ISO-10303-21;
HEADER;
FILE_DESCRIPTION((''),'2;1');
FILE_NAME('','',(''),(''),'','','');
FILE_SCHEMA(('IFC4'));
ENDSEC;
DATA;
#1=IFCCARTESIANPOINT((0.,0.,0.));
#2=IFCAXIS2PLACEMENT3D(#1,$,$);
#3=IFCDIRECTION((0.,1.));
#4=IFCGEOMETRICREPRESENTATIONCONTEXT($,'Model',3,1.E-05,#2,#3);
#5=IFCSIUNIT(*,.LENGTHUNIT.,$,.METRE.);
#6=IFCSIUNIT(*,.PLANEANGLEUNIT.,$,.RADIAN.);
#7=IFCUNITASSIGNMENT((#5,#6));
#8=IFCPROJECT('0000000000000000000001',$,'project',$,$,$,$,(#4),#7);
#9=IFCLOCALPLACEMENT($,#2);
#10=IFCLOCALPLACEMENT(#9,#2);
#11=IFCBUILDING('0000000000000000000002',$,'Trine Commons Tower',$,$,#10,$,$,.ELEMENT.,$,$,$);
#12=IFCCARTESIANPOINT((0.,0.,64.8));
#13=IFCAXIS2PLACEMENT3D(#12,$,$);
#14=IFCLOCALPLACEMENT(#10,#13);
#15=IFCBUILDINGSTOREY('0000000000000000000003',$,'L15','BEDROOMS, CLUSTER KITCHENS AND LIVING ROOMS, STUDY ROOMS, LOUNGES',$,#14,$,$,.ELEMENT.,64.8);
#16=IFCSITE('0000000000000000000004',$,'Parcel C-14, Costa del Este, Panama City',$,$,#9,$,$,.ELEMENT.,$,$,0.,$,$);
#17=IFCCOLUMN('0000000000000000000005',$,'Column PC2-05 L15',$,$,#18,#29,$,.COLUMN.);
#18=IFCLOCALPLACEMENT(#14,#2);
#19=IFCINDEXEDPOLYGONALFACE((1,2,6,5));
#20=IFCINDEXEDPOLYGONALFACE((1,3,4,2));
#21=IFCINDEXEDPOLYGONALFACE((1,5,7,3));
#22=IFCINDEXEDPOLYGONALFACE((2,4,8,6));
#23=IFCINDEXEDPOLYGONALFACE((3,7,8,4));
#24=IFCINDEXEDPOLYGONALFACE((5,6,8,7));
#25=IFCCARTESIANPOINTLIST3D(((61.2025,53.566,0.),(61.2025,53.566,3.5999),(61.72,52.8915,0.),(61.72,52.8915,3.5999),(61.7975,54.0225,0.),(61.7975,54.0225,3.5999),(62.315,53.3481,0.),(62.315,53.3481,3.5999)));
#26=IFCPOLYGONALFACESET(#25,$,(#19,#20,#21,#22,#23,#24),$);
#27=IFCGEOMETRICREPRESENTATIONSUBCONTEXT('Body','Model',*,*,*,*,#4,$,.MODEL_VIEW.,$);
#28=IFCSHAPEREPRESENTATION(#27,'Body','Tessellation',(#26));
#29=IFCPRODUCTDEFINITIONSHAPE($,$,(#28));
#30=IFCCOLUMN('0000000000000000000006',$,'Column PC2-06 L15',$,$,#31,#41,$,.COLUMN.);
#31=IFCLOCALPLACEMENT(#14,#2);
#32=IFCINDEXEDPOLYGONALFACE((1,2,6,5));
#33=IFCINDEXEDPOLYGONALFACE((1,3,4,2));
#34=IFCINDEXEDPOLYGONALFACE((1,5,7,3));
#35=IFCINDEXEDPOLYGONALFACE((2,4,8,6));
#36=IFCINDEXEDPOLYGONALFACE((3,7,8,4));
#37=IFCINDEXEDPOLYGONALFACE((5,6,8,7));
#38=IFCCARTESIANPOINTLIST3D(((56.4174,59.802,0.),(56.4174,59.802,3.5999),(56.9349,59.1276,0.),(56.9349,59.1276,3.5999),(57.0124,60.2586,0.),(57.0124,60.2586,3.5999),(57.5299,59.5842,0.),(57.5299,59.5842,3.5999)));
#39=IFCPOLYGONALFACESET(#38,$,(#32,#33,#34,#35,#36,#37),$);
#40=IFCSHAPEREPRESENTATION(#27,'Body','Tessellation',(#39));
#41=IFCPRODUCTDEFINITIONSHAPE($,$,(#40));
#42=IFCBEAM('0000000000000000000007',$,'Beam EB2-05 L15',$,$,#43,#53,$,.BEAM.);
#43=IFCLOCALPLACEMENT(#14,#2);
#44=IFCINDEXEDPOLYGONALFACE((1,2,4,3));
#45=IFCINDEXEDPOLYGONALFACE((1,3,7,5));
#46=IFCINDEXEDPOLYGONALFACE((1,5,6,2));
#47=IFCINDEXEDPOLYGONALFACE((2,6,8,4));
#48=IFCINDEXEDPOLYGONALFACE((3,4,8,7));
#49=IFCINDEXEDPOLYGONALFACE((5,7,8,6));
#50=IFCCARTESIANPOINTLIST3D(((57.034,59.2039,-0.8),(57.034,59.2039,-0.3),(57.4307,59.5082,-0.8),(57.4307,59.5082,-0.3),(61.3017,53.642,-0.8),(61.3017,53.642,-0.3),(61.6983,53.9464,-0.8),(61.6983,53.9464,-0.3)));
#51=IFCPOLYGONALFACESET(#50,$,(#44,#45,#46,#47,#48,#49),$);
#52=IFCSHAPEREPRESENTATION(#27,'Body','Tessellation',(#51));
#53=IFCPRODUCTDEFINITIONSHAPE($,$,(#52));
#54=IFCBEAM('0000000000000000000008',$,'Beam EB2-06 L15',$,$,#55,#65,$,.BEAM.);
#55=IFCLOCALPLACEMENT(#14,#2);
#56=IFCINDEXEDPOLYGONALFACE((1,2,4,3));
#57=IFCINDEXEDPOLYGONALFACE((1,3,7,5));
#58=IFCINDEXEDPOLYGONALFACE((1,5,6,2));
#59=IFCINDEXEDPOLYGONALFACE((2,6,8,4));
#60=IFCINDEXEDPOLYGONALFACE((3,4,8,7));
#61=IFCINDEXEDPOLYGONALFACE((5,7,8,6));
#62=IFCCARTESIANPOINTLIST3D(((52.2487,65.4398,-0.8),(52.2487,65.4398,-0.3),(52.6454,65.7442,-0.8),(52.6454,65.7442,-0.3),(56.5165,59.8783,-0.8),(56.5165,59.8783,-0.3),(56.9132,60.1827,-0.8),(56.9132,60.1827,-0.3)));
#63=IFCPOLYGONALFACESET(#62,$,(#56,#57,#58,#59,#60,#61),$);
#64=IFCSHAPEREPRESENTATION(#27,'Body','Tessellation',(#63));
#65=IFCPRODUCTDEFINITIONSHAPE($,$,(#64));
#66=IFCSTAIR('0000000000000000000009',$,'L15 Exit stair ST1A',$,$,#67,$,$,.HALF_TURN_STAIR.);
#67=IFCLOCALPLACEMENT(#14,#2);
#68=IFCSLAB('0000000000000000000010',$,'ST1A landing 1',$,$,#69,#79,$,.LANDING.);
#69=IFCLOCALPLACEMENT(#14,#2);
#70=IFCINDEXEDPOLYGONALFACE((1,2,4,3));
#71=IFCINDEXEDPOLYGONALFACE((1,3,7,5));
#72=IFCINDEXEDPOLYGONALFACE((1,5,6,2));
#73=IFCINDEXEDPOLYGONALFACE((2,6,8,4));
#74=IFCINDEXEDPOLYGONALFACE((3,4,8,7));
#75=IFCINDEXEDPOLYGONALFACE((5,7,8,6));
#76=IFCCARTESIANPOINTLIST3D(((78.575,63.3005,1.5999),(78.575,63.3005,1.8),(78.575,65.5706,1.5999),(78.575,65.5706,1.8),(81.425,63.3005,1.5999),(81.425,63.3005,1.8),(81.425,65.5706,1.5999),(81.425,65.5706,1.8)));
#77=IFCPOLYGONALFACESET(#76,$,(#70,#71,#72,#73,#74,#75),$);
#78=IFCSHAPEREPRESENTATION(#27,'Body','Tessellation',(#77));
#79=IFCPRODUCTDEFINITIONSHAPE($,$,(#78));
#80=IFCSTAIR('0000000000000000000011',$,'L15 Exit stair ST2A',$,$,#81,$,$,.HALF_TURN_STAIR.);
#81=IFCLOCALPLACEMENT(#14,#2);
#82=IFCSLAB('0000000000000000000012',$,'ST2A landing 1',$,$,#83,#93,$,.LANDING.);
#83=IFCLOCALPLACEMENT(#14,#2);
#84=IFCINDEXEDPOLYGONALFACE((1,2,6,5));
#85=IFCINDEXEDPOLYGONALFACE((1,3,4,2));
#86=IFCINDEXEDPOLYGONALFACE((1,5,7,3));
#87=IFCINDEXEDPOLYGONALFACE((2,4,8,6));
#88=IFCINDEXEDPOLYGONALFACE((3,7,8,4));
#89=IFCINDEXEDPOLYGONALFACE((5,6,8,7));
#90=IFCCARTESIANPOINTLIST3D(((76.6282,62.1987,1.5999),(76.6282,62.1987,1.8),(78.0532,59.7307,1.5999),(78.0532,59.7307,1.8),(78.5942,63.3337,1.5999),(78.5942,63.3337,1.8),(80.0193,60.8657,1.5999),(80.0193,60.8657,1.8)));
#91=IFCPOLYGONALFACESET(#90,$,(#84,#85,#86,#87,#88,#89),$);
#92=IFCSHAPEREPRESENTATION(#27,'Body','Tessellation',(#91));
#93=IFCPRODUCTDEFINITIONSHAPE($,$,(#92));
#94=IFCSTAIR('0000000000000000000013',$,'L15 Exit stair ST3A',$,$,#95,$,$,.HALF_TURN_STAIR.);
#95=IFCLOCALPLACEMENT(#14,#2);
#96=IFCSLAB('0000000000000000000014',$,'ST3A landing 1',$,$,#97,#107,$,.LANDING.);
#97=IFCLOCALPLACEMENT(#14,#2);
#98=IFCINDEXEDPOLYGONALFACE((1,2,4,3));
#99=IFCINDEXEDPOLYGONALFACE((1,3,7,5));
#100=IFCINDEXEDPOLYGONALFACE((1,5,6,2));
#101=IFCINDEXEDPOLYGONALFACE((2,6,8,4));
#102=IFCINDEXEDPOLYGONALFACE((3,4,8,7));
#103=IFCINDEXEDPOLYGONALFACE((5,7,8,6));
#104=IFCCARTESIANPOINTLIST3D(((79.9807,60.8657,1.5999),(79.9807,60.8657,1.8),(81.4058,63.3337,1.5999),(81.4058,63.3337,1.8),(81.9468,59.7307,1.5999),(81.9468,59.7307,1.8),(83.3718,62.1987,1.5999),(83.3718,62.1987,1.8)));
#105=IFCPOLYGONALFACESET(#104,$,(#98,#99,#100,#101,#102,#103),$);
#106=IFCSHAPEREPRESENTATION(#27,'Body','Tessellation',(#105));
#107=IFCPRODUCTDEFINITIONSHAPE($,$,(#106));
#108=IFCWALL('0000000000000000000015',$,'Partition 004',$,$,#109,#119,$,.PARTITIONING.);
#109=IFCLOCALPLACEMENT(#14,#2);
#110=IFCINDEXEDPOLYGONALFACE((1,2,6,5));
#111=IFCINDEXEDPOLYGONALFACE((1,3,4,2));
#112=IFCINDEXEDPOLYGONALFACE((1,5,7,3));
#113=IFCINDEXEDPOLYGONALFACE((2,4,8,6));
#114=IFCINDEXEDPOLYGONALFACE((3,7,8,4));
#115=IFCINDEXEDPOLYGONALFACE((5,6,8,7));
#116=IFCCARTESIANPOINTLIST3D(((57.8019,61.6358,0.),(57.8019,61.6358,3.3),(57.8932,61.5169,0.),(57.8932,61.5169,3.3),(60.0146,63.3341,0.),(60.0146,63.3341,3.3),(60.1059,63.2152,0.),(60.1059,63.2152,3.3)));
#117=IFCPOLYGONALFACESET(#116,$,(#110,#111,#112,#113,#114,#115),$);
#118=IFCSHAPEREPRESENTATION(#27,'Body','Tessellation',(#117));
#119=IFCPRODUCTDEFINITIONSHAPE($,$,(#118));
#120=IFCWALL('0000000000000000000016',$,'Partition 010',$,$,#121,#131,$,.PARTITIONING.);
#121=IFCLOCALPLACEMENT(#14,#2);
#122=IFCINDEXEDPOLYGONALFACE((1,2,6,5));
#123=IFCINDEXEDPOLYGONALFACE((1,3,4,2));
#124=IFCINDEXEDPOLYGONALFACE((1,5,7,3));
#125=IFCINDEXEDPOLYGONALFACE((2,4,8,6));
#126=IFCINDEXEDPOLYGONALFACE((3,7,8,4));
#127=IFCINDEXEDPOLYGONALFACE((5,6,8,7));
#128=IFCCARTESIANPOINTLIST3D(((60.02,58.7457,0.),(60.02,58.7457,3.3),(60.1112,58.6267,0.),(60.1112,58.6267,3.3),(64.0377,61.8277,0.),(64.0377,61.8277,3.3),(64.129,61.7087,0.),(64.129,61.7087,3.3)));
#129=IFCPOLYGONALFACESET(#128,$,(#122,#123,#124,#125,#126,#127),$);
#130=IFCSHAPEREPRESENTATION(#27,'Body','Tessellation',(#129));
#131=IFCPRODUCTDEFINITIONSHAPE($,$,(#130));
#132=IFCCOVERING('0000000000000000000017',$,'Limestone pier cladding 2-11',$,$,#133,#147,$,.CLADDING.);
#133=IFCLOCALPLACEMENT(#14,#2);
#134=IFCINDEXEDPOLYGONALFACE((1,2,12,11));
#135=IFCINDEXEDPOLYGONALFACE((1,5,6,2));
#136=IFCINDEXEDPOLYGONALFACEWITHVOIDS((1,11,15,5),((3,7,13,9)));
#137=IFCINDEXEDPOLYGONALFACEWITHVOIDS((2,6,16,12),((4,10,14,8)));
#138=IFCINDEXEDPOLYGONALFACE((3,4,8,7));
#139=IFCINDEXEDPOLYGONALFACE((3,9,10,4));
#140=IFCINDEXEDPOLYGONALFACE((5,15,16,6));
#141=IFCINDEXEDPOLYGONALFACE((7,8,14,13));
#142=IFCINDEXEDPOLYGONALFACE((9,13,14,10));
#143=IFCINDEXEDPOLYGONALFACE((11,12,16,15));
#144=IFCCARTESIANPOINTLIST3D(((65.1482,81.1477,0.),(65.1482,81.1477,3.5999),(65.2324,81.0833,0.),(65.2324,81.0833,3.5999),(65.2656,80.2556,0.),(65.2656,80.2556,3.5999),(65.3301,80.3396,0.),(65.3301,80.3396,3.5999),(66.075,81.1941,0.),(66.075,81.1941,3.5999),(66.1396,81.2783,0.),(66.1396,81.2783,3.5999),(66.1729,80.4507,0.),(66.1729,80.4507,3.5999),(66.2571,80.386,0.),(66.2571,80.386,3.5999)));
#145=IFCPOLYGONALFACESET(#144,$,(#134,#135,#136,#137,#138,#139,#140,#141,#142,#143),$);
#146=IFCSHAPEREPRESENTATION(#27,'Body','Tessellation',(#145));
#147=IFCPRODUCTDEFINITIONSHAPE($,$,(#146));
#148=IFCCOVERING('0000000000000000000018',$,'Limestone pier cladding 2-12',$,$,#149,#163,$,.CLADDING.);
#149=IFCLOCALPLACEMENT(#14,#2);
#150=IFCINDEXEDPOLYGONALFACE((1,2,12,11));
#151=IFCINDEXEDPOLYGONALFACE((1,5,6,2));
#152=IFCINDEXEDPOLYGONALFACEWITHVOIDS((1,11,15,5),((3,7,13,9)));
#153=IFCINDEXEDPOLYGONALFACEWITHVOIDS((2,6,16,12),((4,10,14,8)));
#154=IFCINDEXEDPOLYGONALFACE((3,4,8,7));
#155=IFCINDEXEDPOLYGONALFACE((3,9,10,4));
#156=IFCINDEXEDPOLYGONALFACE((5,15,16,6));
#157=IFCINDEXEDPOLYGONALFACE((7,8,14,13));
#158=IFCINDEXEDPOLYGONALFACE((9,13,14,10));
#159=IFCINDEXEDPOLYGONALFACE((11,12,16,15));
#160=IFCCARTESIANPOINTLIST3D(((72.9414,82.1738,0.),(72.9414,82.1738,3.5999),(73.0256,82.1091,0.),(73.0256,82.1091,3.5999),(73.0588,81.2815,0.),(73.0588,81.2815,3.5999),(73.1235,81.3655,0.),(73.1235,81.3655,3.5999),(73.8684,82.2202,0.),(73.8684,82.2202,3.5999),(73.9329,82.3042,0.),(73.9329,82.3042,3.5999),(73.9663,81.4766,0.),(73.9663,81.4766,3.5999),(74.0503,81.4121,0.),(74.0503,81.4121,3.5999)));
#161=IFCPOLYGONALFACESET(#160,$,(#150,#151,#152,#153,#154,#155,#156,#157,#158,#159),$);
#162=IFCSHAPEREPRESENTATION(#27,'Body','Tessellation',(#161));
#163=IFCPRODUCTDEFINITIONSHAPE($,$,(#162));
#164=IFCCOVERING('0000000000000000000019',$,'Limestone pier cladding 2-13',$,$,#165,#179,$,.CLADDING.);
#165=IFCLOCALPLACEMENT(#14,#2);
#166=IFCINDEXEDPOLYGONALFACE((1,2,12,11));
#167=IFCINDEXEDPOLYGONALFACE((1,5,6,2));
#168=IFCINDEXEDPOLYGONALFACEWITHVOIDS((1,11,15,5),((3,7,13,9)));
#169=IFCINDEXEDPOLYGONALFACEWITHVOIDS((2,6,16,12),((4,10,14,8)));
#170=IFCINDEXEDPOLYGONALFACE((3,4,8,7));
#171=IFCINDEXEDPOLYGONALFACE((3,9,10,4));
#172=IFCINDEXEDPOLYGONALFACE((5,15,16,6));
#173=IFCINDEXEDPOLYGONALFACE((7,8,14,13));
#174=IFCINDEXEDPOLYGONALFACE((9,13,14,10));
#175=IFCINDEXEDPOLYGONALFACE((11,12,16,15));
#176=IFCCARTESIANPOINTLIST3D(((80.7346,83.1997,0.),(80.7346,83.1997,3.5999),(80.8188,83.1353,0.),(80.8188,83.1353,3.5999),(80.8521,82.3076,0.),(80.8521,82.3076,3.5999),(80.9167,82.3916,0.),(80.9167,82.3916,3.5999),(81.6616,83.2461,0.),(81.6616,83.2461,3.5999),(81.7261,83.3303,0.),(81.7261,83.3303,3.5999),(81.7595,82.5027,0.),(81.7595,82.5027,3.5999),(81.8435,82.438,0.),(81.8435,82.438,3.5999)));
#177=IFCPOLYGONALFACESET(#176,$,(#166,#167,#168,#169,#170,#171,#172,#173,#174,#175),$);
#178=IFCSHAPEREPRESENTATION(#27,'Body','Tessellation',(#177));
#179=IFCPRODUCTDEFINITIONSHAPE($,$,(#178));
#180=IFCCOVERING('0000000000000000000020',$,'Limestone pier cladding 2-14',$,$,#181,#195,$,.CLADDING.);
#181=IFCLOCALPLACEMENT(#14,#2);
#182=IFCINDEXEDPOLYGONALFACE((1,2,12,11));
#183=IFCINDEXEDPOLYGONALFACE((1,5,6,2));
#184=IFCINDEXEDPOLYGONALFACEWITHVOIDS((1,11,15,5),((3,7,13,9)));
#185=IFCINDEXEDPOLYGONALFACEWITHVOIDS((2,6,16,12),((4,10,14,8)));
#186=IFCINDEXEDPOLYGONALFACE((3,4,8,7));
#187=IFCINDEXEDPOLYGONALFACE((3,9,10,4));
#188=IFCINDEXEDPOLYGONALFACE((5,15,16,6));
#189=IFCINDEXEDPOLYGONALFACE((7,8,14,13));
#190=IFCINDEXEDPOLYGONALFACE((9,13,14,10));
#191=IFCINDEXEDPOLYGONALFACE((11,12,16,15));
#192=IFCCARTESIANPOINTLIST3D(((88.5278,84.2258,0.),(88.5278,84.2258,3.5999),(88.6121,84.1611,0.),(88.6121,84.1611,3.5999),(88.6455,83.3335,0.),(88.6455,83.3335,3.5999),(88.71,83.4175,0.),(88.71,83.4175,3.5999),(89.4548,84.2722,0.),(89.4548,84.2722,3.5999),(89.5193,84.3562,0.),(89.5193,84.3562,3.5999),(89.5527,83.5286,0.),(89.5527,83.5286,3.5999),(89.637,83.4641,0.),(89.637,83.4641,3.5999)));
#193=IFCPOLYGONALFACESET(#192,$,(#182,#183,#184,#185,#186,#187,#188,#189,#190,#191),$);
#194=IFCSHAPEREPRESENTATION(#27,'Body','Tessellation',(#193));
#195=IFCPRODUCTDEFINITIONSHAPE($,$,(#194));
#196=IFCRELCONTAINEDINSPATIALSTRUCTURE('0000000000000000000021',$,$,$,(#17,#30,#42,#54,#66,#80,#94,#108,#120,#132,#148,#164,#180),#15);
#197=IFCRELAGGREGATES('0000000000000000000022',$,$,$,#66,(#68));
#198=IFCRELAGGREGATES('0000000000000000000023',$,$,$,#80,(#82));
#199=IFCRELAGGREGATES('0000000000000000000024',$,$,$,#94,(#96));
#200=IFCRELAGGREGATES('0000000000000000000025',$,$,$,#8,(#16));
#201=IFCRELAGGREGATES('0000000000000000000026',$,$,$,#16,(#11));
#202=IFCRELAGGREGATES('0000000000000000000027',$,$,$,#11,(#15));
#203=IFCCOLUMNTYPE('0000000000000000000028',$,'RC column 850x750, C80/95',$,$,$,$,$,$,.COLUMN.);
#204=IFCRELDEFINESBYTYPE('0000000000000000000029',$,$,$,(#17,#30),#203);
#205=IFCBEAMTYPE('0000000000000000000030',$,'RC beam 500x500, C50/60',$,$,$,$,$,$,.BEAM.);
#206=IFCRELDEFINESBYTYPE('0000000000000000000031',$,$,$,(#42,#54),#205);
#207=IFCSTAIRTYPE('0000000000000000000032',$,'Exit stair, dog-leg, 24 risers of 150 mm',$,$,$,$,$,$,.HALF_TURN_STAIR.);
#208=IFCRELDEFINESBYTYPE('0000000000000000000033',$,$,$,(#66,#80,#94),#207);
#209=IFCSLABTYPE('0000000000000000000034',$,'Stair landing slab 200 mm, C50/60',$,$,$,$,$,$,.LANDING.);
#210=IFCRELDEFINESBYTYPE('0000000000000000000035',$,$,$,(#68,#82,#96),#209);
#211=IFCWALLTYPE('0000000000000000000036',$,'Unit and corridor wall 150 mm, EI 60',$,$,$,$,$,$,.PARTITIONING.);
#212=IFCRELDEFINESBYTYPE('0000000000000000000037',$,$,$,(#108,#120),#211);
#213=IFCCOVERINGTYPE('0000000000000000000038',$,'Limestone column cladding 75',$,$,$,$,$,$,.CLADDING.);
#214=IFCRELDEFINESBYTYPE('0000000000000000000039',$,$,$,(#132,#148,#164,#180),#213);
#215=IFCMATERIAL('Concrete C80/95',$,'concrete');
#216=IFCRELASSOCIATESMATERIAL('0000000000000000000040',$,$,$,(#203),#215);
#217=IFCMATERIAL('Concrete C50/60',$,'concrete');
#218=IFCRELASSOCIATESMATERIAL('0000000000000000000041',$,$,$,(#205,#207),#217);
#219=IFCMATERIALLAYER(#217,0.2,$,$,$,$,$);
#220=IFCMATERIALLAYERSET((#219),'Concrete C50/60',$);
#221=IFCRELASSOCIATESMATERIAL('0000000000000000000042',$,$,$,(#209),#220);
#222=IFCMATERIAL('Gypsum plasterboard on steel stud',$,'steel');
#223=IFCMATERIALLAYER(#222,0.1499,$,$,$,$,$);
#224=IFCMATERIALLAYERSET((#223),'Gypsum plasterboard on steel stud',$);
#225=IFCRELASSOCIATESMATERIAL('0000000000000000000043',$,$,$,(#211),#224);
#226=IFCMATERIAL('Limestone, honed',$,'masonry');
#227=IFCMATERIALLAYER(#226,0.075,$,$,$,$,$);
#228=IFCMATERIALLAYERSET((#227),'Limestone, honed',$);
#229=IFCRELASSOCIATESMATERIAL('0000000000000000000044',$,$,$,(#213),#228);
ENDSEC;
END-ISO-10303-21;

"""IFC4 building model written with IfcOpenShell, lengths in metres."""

from ifc_helpers import new_model, si_unit, direction, frame, frame_2d, origin, origin_2d, place, context, subcontext, project, spatial, polyline, rectangle, outline, extrude, material, layer, layer_set, material_profile, profile_set, type_object, element, aggregate, save


model = new_model("IFC4")

# Units and contexts
model_context = context("Model", 3, precision=1e-05, world=origin(), true_north=direction((0.0, 1.0)))
body_context = subcontext(model_context, "Body", "Model", "MODEL_VIEW")
ifc_project = project(units=[si_unit("LENGTHUNIT", "METRE"), si_unit("PLANEANGLEUNIT", "RADIAN")], contexts=[model_context])

# Site, building, storey
site_placement = place(None, origin())
site = spatial("IfcSite", under=ifc_project, at=site_placement, Name="Parcel C-14, Costa del Este, Panama City", CompositionType="ELEMENT", RefElevation=0.0)
building_placement = place(site_placement, origin())
building = spatial("IfcBuilding", under=site, at=building_placement, Name="Trine Commons Tower", CompositionType="ELEMENT")
storey_placement = place(building_placement, frame((0.0, 0.0, 64.8)))
storey = spatial("IfcBuildingStorey", under=building, at=storey_placement, Name="L15", Description="BEDROOMS, CLUSTER KITCHENS AND LIVING ROOMS, STUDY ROOMS, LOUNGES", CompositionType="ELEMENT", Elevation=64.8)

# Columns
ifc_material_1 = material(Name="Concrete C80/95", Category="concrete")
ifc_material_profile_1 = material_profile(ifc_material_1, rectangle(XDim=0.8501, YDim=0.75, at=origin_2d()), Name="RC 850x750")
ifc_profile_set_1 = profile_set([ifc_material_profile_1], Name="Concrete C80/95")
column_type = type_object("IfcColumnType", Name="RC column 850x750, C80/95", PredefinedType="COLUMN", material=ifc_profile_set_1)
for number, where, z_axis, x_axis, name in (
    (1, (61.7588, 53.457, 0.0), (0.0, 0.0, 1.0), (-0.608761, 0.793353, 0.0), "Column PC2-05 L15"),
    (2, (56.9736, 59.6931, 0.0), (0.0, 0.0, 1.0), (-0.608761, 0.793353, 0.0), "Column PC2-06 L15"),
):
    element("IfcColumn", number, at=place(storey_placement, frame(where, z_axis=z_axis, x_axis=x_axis)), inside=storey, type_object=column_type, Name=name, PredefinedType="COLUMN", context=body_context, shape_type="SweptSolid", body=[
        extrude(rectangle(XDim=0.8501, YDim=0.75, at=origin_2d()), origin(), (0.0, 0.0, 1.0), 3.5999),
    ])

# Beams
ifc_material_2 = material(Name="Concrete C50/60", Category="concrete")
ifc_material_profile_2 = material_profile(ifc_material_2, rectangle(XDim=0.5, YDim=0.5, at=origin_2d()), Name="RC 500x500")
ifc_profile_set_2 = profile_set([ifc_material_profile_2], Name="Concrete C50/60")
beam_type = type_object("IfcBeamType", Name="RC beam 500x500, C50/60", PredefinedType="BEAM", material=ifc_profile_set_2)
beam_1_placement = place(storey_placement, frame((61.5, 53.7942, -0.55), z_axis=(-0.608751, 0.793361, 0.0), x_axis=(-0.793361, -0.608751, 0.0)))
element("IfcBeam", 3, at=beam_1_placement, inside=storey, type_object=beam_type, Name="Beam EB2-05 L15", PredefinedType="BEAM", context=body_context, shape_type="SweptSolid", body=[
    extrude(rectangle(XDim=0.5, YDim=0.5, at=origin_2d()), origin(), (0.0, 0.0, 1.0), 7.0105),
])
beam_2_placement = place(storey_placement, frame((56.7148, 60.0305, -0.55), z_axis=(-0.60879, 0.793332, 0.0), x_axis=(-0.793332, -0.60879, 0.0)))
element("IfcBeam", 4, at=beam_2_placement, inside=storey, type_object=beam_type, Name="Beam EB2-06 L15", PredefinedType="BEAM", context=body_context, shape_type="SweptSolid", body=[
    extrude(rectangle(XDim=0.5, YDim=0.5, at=origin_2d()), origin(), (0.0, 0.0, 1.0), 7.0103),
])

# Stairs, slabs
stair_type = type_object("IfcStairType", Name="Exit stair, dog-leg, 24 risers of 150 mm", PredefinedType="HALF_TURN_STAIR", material=ifc_material_2)
stair_1_placement = place(storey_placement, origin())
stair_1 = element("IfcStair", 5, at=stair_1_placement, inside=storey, type_object=stair_type, Name="L15 Exit stair ST1A", PredefinedType="HALF_TURN_STAIR")
ifc_layer_1 = layer(ifc_material_2, 0.2)
ifc_layer_set_1 = layer_set([ifc_layer_1], Name="Concrete C50/60")
slab_type = type_object("IfcSlabType", Name="Stair landing slab 200 mm, C50/60", PredefinedType="LANDING", material=ifc_layer_set_1)
slab_1_placement = place(storey_placement, frame((0.0, 0.0, 1.5999)))
slab_1 = element("IfcSlab", 6, at=slab_1_placement, type_object=slab_type, Name="ST1A landing 1", PredefinedType="LANDING", context=body_context, shape_type="SweptSolid", body=[
    extrude(outline(polyline([(78.575, 65.5706), (78.575, 63.3005), (81.425, 63.3005), (81.425, 65.5706), (78.575, 65.5706)])), origin(), (0.0, 0.0, 1.0), 0.2002),
])
aggregate(stair_1, [slab_1])
stair_2_placement = place(storey_placement, origin())
stair_2 = element("IfcStair", 7, at=stair_2_placement, inside=storey, type_object=stair_type, Name="L15 Exit stair ST2A", PredefinedType="HALF_TURN_STAIR")
slab_2_placement = place(storey_placement, frame((0.0, 0.0, 1.5999)))
slab_2 = element("IfcSlab", 8, at=slab_2_placement, type_object=slab_type, Name="ST2A landing 1", PredefinedType="LANDING", context=body_context, shape_type="SweptSolid", body=[
    extrude(outline(polyline([(78.0532, 59.7307), (80.0193, 60.8657), (78.5942, 63.3337), (76.6282, 62.1987), (78.0532, 59.7307)])), origin(), (0.0, 0.0, 1.0), 0.2002),
])
aggregate(stair_2, [slab_2])
stair_3_placement = place(storey_placement, origin())
stair_3 = element("IfcStair", 9, at=stair_3_placement, inside=storey, type_object=stair_type, Name="L15 Exit stair ST3A", PredefinedType="HALF_TURN_STAIR")
slab_3_placement = place(storey_placement, frame((0.0, 0.0, 1.5999)))
slab_3 = element("IfcSlab", 10, at=slab_3_placement, type_object=slab_type, Name="ST3A landing 1", PredefinedType="LANDING", context=body_context, shape_type="SweptSolid", body=[
    extrude(outline(polyline([(83.3718, 62.1987), (81.4058, 63.3337), (79.9807, 60.8657), (81.9468, 59.7307), (83.3718, 62.1987)])), origin(), (0.0, 0.0, 1.0), 0.2002),
])
aggregate(stair_3, [slab_3])

# Walls
ifc_material_3 = material(Name="Gypsum plasterboard on steel stud", Category="steel")
ifc_layer_2 = layer(ifc_material_3, 0.1499)
ifc_layer_set_2 = layer_set([ifc_layer_2], Name="Gypsum plasterboard on steel stud")
wall_type = type_object("IfcWallType", Name="Unit and corridor wall 150 mm, EI 60", PredefinedType="PARTITIONING", material=ifc_layer_set_2)
wall_1_placement = place(storey_placement, frame((57.8477, 61.5764, 0.0), z_axis=(0.0, 0.0, 1.0), x_axis=(0.793281, 0.608856, 0.0)))
element("IfcWall", 11, at=wall_1_placement, inside=storey, type_object=wall_type, Name="Partition 004", PredefinedType="PARTITIONING", context=body_context, shape_type="SweptSolid", body=[
    extrude(rectangle(XDim=2.7893, YDim=0.1499, at=frame_2d((1.3945, 0.0))), origin(), (0.0, 0.0, 1.0), 3.3),
])
wall_2_placement = place(storey_placement, frame((60.0657, 58.6863, 0.0), z_axis=(0.0, 0.0, 1.0), x_axis=(0.793444, 0.608643, 0.0)))
element("IfcWall", 12, at=wall_2_placement, inside=storey, type_object=wall_type, Name="Partition 010", PredefinedType="PARTITIONING", context=body_context, shape_type="SweptSolid", body=[
    extrude(rectangle(XDim=5.0637, YDim=0.1499, at=frame_2d((2.5317, 0.0))), origin(), (0.0, 0.0, 1.0), 3.3),
])

# Coverings
ifc_material_4 = material(Name="Limestone, honed", Category="masonry")
ifc_layer_3 = layer(ifc_material_4, 0.075)
ifc_layer_set_3 = layer_set([ifc_layer_3], Name="Limestone, honed")
covering_type_1 = type_object("IfcCoveringType", Name="Limestone column cladding 75", PredefinedType="CLADDING", material=ifc_layer_set_3)
covering_1_placement = place(storey_placement, origin())
element("IfcCovering", 13, at=covering_1_placement, inside=storey, type_object=covering_type_1, Name="Limestone pier cladding 2-11", PredefinedType="CLADDING", context=body_context, shape_type="SweptSolid", body=[
    extrude(outline(polyline([(66.2571, 80.386), (66.1396, 81.2783), (65.1482, 81.1477), (65.2656, 80.2556), (66.2571, 80.386)]), holes=[polyline([(66.1729, 80.4507), (66.075, 81.1941), (65.2324, 81.0833), (65.3301, 80.3396), (66.1729, 80.4507)])]), origin(), (0.0, 0.0, 1.0), 3.5999),
])
covering_2_placement = place(storey_placement, origin())
element("IfcCovering", 14, at=covering_2_placement, inside=storey, type_object=covering_type_1, Name="Limestone pier cladding 2-12", PredefinedType="CLADDING", context=body_context, shape_type="SweptSolid", body=[
    extrude(outline(polyline([(74.0503, 81.4121), (73.9329, 82.3042), (72.9414, 82.1738), (73.0588, 81.2815), (74.0503, 81.4121)]), holes=[polyline([(73.9663, 81.4766), (73.8684, 82.2202), (73.0256, 82.1091), (73.1235, 81.3655), (73.9663, 81.4766)])]), origin(), (0.0, 0.0, 1.0), 3.5999),
])
covering_3_placement = place(storey_placement, origin())
element("IfcCovering", 15, at=covering_3_placement, inside=storey, type_object=covering_type_1, Name="Limestone pier cladding 2-13", PredefinedType="CLADDING", context=body_context, shape_type="SweptSolid", body=[
    extrude(outline(polyline([(81.8435, 82.438), (81.7261, 83.3303), (80.7346, 83.1997), (80.8521, 82.3076), (81.8435, 82.438)]), holes=[polyline([(81.7595, 82.5027), (81.6616, 83.2461), (80.8188, 83.1353), (80.9167, 82.3916), (81.7595, 82.5027)])]), origin(), (0.0, 0.0, 1.0), 3.5999),
])
covering_4_placement = place(storey_placement, origin())
element("IfcCovering", 16, at=covering_4_placement, inside=storey, type_object=covering_type_1, Name="Limestone pier cladding 2-14", PredefinedType="CLADDING", context=body_context, shape_type="SweptSolid", body=[
    extrude(outline(polyline([(89.637, 83.4641), (89.5193, 84.3562), (88.5278, 84.2258), (88.6455, 83.3335), (89.637, 83.4641)]), holes=[polyline([(89.5527, 83.5286), (89.4548, 84.2722), (88.6121, 84.1611), (88.71, 83.4175), (89.5527, 83.5286)])]), origin(), (0.0, 0.0, 1.0), 3.5999),
])

save(model, "model.ifc")
